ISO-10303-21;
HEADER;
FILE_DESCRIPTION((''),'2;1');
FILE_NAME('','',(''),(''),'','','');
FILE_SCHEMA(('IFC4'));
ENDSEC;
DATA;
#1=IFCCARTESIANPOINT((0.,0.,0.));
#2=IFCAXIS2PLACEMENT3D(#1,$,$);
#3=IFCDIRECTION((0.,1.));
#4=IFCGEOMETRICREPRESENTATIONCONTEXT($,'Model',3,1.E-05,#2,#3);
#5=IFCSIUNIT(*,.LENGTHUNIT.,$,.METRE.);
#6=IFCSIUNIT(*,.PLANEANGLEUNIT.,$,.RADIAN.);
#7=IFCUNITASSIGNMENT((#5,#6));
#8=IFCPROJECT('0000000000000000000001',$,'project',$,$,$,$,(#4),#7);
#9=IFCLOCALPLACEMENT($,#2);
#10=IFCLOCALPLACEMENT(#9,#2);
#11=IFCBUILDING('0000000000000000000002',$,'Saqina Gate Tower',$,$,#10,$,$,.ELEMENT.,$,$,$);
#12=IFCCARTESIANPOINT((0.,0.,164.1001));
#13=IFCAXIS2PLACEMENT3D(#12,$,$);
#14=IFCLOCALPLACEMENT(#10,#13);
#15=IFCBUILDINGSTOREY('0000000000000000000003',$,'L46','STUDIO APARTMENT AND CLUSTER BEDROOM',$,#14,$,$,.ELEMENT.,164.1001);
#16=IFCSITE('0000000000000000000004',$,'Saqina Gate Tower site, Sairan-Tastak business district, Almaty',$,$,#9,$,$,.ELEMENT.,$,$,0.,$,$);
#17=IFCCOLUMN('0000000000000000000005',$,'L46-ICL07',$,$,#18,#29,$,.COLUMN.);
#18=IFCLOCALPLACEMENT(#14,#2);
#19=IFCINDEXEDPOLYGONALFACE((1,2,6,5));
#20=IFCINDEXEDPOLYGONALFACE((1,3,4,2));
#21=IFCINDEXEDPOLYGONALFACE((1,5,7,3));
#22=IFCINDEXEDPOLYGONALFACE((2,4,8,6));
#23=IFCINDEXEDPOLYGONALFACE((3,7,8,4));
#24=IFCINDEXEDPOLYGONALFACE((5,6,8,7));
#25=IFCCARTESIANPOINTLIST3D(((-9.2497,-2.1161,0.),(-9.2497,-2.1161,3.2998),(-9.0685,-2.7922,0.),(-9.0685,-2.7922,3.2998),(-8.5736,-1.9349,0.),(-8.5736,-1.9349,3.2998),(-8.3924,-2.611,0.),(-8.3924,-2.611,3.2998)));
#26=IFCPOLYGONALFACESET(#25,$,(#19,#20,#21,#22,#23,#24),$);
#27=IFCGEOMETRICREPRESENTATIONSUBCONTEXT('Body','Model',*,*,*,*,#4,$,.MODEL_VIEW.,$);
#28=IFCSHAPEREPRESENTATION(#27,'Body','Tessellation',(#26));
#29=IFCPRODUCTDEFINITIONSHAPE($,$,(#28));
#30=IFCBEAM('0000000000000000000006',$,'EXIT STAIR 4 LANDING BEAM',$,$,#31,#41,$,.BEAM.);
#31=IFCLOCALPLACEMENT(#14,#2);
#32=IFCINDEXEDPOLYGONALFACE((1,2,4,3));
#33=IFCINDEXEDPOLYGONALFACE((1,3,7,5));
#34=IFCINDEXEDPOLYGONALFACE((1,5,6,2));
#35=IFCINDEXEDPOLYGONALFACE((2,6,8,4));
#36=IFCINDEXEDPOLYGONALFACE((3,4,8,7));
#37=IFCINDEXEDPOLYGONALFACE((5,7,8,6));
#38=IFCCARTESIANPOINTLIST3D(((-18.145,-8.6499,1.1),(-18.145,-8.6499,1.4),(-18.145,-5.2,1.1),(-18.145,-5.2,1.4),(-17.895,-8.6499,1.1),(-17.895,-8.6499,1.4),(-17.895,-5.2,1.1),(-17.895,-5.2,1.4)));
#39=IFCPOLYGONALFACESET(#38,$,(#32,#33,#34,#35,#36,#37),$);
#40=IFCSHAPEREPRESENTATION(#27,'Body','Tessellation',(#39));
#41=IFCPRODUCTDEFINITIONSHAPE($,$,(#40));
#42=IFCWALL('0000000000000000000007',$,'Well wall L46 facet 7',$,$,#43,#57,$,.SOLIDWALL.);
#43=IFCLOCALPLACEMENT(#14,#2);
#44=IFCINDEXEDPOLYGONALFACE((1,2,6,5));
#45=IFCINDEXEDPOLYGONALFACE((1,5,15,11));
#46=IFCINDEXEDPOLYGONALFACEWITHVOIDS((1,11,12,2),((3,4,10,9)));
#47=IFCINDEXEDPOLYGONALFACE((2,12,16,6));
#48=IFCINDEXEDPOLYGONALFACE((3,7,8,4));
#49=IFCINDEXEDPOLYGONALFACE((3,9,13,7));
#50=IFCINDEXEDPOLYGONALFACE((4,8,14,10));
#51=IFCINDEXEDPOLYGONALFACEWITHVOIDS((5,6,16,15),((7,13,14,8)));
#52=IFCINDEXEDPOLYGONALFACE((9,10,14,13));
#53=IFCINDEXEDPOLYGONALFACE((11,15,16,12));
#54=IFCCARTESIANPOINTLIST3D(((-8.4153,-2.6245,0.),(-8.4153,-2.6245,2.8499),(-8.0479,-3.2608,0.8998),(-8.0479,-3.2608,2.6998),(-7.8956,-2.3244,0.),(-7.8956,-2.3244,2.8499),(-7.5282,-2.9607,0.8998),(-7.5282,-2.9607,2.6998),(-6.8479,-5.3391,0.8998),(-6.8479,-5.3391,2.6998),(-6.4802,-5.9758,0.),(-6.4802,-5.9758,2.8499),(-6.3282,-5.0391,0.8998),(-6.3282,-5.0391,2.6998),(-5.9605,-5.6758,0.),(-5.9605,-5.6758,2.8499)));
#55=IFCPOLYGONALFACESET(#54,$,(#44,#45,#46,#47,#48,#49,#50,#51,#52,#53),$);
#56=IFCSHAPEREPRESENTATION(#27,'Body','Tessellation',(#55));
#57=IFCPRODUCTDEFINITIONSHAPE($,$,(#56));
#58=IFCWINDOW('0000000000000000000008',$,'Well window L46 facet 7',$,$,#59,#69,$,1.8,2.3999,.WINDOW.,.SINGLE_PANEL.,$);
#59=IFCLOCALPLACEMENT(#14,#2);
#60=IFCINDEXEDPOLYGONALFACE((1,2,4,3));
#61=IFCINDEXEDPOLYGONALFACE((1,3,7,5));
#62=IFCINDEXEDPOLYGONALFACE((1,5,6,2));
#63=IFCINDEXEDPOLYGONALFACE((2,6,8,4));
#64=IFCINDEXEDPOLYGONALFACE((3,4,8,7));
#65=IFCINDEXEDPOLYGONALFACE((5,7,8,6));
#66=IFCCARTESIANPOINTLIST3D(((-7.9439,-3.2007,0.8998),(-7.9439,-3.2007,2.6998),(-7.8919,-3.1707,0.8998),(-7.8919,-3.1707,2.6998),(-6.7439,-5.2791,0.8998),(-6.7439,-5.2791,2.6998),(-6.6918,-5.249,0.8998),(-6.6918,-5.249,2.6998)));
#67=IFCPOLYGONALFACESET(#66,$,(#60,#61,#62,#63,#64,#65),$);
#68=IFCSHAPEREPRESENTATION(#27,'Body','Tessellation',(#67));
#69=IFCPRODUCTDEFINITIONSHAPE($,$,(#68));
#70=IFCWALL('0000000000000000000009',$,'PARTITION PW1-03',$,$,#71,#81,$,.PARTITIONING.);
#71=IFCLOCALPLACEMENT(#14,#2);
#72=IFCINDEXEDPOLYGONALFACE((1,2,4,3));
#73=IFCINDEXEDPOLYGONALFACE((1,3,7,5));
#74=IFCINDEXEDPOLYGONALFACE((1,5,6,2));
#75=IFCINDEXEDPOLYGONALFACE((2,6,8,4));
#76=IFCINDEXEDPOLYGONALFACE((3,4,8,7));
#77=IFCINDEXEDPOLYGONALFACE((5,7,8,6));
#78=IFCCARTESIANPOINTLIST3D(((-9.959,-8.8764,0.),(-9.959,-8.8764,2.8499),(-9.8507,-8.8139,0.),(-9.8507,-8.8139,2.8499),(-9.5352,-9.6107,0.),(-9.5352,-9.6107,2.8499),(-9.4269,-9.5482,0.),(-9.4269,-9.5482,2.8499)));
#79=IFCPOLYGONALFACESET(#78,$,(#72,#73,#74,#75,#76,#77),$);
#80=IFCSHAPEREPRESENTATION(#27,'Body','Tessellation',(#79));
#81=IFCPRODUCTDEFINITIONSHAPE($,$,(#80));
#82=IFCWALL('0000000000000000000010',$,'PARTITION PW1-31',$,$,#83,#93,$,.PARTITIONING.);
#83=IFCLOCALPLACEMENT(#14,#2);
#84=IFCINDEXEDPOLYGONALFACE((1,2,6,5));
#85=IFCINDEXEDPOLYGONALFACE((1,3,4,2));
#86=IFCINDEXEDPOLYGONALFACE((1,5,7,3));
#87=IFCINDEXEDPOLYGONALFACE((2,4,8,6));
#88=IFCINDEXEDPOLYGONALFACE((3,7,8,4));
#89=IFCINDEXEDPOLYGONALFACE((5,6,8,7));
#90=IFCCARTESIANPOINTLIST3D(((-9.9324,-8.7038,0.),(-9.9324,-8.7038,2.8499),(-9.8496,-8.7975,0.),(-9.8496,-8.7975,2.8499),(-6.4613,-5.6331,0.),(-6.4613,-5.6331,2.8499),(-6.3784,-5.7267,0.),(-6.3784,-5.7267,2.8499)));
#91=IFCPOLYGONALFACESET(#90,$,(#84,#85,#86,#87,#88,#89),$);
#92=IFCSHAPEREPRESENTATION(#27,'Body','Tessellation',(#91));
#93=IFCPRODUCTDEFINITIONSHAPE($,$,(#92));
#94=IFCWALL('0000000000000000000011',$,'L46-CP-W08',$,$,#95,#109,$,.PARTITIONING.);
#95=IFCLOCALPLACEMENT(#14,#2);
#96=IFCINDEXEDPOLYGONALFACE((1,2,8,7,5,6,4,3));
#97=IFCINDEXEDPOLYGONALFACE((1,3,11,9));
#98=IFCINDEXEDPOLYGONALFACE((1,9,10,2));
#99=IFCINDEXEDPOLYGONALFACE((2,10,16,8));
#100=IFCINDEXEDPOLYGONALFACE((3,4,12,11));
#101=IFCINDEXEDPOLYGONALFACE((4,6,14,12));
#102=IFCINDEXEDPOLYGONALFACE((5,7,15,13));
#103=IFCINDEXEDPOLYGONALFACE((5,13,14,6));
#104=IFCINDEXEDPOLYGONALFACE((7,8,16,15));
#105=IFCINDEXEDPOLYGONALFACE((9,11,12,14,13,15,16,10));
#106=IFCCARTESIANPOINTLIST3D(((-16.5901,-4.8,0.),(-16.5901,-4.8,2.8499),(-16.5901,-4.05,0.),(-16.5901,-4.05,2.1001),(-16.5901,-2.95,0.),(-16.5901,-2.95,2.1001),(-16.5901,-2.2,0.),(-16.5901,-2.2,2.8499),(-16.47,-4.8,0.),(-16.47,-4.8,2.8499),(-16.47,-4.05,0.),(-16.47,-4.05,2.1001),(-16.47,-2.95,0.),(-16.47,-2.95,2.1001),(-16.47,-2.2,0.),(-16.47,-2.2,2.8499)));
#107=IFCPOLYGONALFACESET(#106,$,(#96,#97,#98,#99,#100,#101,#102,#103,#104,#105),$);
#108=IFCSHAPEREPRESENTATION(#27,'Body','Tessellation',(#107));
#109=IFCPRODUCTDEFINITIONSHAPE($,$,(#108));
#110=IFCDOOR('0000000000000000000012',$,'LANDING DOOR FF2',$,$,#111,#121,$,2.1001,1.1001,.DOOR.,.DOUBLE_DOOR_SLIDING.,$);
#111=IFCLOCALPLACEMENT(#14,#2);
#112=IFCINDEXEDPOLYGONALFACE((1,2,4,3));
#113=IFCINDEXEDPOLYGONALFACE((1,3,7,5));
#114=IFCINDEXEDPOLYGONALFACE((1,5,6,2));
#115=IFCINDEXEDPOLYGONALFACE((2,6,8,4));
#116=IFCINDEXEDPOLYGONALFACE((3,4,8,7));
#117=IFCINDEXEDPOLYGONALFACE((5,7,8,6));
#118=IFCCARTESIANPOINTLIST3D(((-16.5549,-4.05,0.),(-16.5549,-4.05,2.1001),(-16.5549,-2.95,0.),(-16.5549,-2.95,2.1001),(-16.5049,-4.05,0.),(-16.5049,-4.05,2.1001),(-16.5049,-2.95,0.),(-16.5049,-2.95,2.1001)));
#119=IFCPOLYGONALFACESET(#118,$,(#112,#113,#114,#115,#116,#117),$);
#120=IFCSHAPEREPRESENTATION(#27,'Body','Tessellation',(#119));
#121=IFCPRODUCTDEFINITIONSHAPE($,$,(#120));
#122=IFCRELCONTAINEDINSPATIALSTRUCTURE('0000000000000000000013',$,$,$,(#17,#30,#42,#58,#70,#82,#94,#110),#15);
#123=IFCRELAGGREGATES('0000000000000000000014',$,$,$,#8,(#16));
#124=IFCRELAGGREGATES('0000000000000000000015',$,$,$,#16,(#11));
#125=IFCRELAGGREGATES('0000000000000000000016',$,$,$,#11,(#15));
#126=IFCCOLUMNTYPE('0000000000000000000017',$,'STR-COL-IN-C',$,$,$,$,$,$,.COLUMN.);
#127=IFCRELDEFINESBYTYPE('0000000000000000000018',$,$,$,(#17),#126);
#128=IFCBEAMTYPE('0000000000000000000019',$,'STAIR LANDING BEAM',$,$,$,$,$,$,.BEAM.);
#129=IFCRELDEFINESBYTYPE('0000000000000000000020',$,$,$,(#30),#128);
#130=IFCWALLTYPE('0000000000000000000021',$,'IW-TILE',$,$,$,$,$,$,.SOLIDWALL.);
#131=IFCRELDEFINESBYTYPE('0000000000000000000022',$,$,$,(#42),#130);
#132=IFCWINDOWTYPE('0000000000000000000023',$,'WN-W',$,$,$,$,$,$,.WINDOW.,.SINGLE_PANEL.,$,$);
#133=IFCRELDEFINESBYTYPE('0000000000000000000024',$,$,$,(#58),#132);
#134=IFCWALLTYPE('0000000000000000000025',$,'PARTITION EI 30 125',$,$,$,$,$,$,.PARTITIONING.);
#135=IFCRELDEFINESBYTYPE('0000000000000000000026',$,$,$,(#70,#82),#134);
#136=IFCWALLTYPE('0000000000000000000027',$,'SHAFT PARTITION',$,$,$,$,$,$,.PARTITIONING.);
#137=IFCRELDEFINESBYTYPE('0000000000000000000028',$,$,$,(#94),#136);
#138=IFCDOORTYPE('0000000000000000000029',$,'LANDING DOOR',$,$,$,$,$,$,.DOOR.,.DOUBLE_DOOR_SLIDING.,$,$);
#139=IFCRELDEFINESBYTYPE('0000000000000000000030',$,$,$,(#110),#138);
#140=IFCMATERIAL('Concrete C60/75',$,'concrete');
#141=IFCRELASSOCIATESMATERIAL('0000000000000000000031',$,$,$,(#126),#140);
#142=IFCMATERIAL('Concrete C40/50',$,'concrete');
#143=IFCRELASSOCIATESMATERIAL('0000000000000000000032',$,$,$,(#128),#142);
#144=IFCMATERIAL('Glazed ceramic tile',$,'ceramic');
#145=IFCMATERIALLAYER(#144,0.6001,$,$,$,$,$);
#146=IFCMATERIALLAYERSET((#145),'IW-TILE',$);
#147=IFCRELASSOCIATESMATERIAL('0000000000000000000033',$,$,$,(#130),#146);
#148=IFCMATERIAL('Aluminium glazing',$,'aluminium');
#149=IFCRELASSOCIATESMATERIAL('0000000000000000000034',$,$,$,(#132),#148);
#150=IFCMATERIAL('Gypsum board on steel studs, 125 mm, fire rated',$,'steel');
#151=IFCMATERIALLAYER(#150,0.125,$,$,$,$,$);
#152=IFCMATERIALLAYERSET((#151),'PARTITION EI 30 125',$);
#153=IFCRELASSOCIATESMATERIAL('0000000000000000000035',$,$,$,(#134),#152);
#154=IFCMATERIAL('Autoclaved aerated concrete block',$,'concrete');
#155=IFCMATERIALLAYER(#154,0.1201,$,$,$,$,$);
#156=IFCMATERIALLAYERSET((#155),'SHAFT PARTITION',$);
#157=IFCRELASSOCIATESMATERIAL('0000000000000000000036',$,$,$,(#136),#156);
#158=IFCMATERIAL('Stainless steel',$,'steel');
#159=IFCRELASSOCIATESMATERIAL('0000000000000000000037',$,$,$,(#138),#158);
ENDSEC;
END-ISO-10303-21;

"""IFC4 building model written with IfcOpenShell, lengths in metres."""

from ifc_helpers import new_model, si_unit, direction, frame, frame_2d, origin, origin_2d, place, context, subcontext, project, spatial, rectangle, extrude, material, layer, layer_set, material_profile, profile_set, type_object, element, fill, save


model = new_model("IFC4")

# Units and contexts
model_context = context("Model", 3, precision=1e-05, world=origin(), true_north=direction((0.0, 1.0)))
body_context = subcontext(model_context, "Body", "Model", "MODEL_VIEW")
ifc_project = project(units=[si_unit("LENGTHUNIT", "METRE"), si_unit("PLANEANGLEUNIT", "RADIAN")], contexts=[model_context])

# Site, building, storey
site_placement = place(None, origin())
site = spatial("IfcSite", under=ifc_project, at=site_placement, Name="Saqina Gate Tower site, Sairan-Tastak business district, Almaty", CompositionType="ELEMENT", RefElevation=0.0)
building_placement = place(site_placement, origin())
building = spatial("IfcBuilding", under=site, at=building_placement, Name="Saqina Gate Tower", CompositionType="ELEMENT")
storey_placement = place(building_placement, frame((0.0, 0.0, 164.1001)))
storey = spatial("IfcBuildingStorey", under=building, at=storey_placement, Name="L46", Description="STUDIO APARTMENT AND CLUSTER BEDROOM", CompositionType="ELEMENT", Elevation=164.1001)

# Column
ifc_material_1 = material(Name="Concrete C60/75", Category="concrete")
ifc_material_profile_1 = material_profile(ifc_material_1, rectangle(XDim=0.7, YDim=0.7, at=origin_2d()), Name="RC 700x700")
ifc_profile_set_1 = profile_set([ifc_material_profile_1], Name="Concrete C60/75")
column_type = type_object("IfcColumnType", Name="STR-COL-IN-C", PredefinedType="COLUMN", material=ifc_profile_set_1)
column_placement = place(storey_placement, frame((-8.821, -2.3635, 0.0), z_axis=(0.0, 0.0, 1.0), x_axis=(-0.965926, -0.258819, 0.0)))
element("IfcColumn", 1, at=column_placement, inside=storey, type_object=column_type, Name="L46-ICL07", PredefinedType="COLUMN", context=body_context, shape_type="SweptSolid", body=[
    extrude(rectangle(XDim=0.7, YDim=0.7, at=origin_2d()), origin(), (0.0, 0.0, 1.0), 3.2998),
])

# Beam
ifc_material_2 = material(Name="Concrete C40/50", Category="concrete")
ifc_material_profile_2 = material_profile(ifc_material_2, rectangle(XDim=0.25, YDim=0.3, at=origin_2d()), Name="STAIR LANDING BEAM")
ifc_profile_set_2 = profile_set([ifc_material_profile_2], Name="Concrete C40/50")
beam_type = type_object("IfcBeamType", Name="STAIR LANDING BEAM", PredefinedType="BEAM", material=ifc_profile_set_2)
beam_placement = place(storey_placement, frame((-18.02, -8.6499, 1.25), z_axis=(0.0, 1.0, 0.0), x_axis=(-1.0, 0.0, 0.0)))
element("IfcBeam", 2, at=beam_placement, inside=storey, type_object=beam_type, Name="EXIT STAIR 4 LANDING BEAM", PredefinedType="BEAM", context=body_context, shape_type="SweptSolid", body=[
    extrude(rectangle(XDim=0.25, YDim=0.3, at=origin_2d()), origin(), (0.0, 0.0, 1.0), 3.45),
])

# Wall, opening, window
ifc_material_3 = material(Name="Glazed ceramic tile", Category="ceramic")
ifc_layer_1 = layer(ifc_material_3, 0.6001)
ifc_layer_set_1 = layer_set([ifc_layer_1], Name="IW-TILE")
wall_type_1 = type_object("IfcWallType", Name="IW-TILE", PredefinedType="SOLIDWALL", material=ifc_layer_set_1)
wall_1_placement = place(storey_placement, frame((-8.1555, -2.4744, 0.0), z_axis=(0.0, 0.0, 1.0), x_axis=(0.500034, -0.866006, 0.0)))
wall_1 = element("IfcWall", 3, at=wall_1_placement, inside=storey, type_object=wall_type_1, Name="Well wall L46 facet 7", PredefinedType="SOLIDWALL", context=body_context, shape_type="SweptSolid", body=[
    extrude(rectangle(XDim=3.8699, YDim=0.6001, at=frame_2d((1.9351, 0.0))), origin(), (0.0, 0.0, 1.0), 2.8499),
])
opening_1_placement = place(wall_1_placement, frame((0.7349, 0.0, 0.8999)))
opening_1 = element("IfcOpeningElement", 4, at=opening_1_placement, cuts=wall_1, PredefinedType="OPENING", context=body_context, shape_type="SweptSolid", body=[
    extrude(rectangle(XDim=2.3999, YDim=1.8, at=frame_2d((1.2, 0.8999))), frame((0.0, 0.312, 0.0), z_axis=(0.0, -1.0, 0.0), x_axis=(1.0, 0.0, 0.0)), (0.0, 0.0, 1.0), 0.624),
])
ifc_material_4 = material(Name="Aluminium glazing", Category="aluminium")
window_type = type_object("IfcWindowType", Name="WN-W", PartitioningType="SINGLE_PANEL", PredefinedType="WINDOW", material=ifc_material_4)
window_placement = place(opening_1_placement, origin())
window = element("IfcWindow", 5, at=window_placement, inside=storey, type_object=window_type, Name="Well window L46 facet 7", OverallHeight=1.8, OverallWidth=2.3999, PartitioningType="SINGLE_PANEL", PredefinedType="WINDOW", context=body_context, shape_type="SweptSolid", body=[
    extrude(rectangle(XDim=2.3999, YDim=1.8, at=frame_2d((1.2, 0.8999))), frame((0.0, -0.1199, 0.0), z_axis=(0.0, -1.0, 0.0), x_axis=(1.0, 0.0, 0.0)), (0.0, 0.0, 1.0), 0.0601),
])
fill(opening_1, window)

# Walls
ifc_material_5 = material(Name="Gypsum board on steel studs, 125 mm, fire rated", Category="steel")
ifc_layer_2 = layer(ifc_material_5, 0.125)
ifc_layer_set_2 = layer_set([ifc_layer_2], Name="PARTITION EI 30 125")
wall_type_2 = type_object("IfcWallType", Name="PARTITION EI 30 125", PredefinedType="PARTITIONING", material=ifc_layer_set_2)
wall_2_placement = place(storey_placement, frame((-9.9048, -8.8452, 0.0), z_axis=(0.0, 0.0, 1.0), x_axis=(0.499855, -0.866109, 0.0)))
element("IfcWall", 6, at=wall_2_placement, inside=storey, type_object=wall_type_2, Name="PARTITION PW1-03", PredefinedType="PARTITIONING", context=body_context, shape_type="SweptSolid", body=[
    extrude(rectangle(XDim=0.8479, YDim=0.125, at=frame_2d((0.4238, 0.0))), origin(), (0.0, 0.0, 1.0), 2.8499),
])
wall_3_placement = place(storey_placement, frame((-9.8911, -8.7507, 0.0), z_axis=(0.0, 0.0, 1.0), x_axis=(0.748982, 0.66259, 0.0)))
element("IfcWall", 7, at=wall_3_placement, inside=storey, type_object=wall_type_2, Name="PARTITION PW1-31", PredefinedType="PARTITIONING", context=body_context, shape_type="SweptSolid", body=[
    extrude(rectangle(XDim=4.6345, YDim=0.125, at=frame_2d((2.3174, 0.0))), origin(), (0.0, 0.0, 1.0), 2.8499),
])

# Wall, opening, door
ifc_material_6 = material(Name="Autoclaved aerated concrete block", Category="concrete")
ifc_layer_3 = layer(ifc_material_6, 0.1201)
ifc_layer_set_3 = layer_set([ifc_layer_3], Name="SHAFT PARTITION")
wall_type_3 = type_object("IfcWallType", Name="SHAFT PARTITION", PredefinedType="PARTITIONING", material=ifc_layer_set_3)
wall_4_placement = place(storey_placement, frame((-16.53, -4.8, 0.0), z_axis=(0.0, 0.0, 1.0), x_axis=(0.0, 1.0, 0.0)))
wall_4 = element("IfcWall", 8, at=wall_4_placement, inside=storey, type_object=wall_type_3, Name="L46-CP-W08", PredefinedType="PARTITIONING", context=body_context, shape_type="SweptSolid", body=[
    extrude(rectangle(XDim=2.6001, YDim=0.1201, at=frame_2d((1.3, 0.0))), origin(), (0.0, 0.0, 1.0), 2.8499),
])
opening_2_placement = place(wall_4_placement, frame((0.75, 0.0, 0.0)))
opening_2 = element("IfcOpeningElement", 9, at=opening_2_placement, cuts=wall_4, PredefinedType="OPENING", context=body_context, shape_type="SweptSolid", body=[
    extrude(rectangle(XDim=1.1001, YDim=2.1001, at=frame_2d((0.55, 1.05))), frame((0.0, 0.072, 0.0), z_axis=(0.0, -1.0, 0.0), x_axis=(1.0, 0.0, 0.0)), (0.0, 0.0, 1.0), 0.144),
])
ifc_material_7 = material(Name="Stainless steel", Category="steel")
door_type_1 = type_object("IfcDoorType", Name="LANDING DOOR", OperationType="DOUBLE_DOOR_SLIDING", PredefinedType="DOOR", material=ifc_material_7)
door_1_placement = place(opening_2_placement, origin())
door_1 = element("IfcDoor", 10, at=door_1_placement, inside=storey, type_object=door_type_1, Name="LANDING DOOR FF2", OperationType="DOUBLE_DOOR_SLIDING", OverallHeight=2.1001, OverallWidth=1.1001, PredefinedType="DOOR", context=body_context, shape_type="SweptSolid", body=[
    extrude(rectangle(XDim=1.1001, YDim=2.1001, at=frame_2d((0.55, 1.05))), frame((0.0, 0.0249, 0.0), z_axis=(0.0, -1.0, 0.0), x_axis=(1.0, 0.0, 0.0)), (0.0, 0.0, 1.0), 0.05),
])
fill(opening_2, door_1)

save(model, "model.ifc")
